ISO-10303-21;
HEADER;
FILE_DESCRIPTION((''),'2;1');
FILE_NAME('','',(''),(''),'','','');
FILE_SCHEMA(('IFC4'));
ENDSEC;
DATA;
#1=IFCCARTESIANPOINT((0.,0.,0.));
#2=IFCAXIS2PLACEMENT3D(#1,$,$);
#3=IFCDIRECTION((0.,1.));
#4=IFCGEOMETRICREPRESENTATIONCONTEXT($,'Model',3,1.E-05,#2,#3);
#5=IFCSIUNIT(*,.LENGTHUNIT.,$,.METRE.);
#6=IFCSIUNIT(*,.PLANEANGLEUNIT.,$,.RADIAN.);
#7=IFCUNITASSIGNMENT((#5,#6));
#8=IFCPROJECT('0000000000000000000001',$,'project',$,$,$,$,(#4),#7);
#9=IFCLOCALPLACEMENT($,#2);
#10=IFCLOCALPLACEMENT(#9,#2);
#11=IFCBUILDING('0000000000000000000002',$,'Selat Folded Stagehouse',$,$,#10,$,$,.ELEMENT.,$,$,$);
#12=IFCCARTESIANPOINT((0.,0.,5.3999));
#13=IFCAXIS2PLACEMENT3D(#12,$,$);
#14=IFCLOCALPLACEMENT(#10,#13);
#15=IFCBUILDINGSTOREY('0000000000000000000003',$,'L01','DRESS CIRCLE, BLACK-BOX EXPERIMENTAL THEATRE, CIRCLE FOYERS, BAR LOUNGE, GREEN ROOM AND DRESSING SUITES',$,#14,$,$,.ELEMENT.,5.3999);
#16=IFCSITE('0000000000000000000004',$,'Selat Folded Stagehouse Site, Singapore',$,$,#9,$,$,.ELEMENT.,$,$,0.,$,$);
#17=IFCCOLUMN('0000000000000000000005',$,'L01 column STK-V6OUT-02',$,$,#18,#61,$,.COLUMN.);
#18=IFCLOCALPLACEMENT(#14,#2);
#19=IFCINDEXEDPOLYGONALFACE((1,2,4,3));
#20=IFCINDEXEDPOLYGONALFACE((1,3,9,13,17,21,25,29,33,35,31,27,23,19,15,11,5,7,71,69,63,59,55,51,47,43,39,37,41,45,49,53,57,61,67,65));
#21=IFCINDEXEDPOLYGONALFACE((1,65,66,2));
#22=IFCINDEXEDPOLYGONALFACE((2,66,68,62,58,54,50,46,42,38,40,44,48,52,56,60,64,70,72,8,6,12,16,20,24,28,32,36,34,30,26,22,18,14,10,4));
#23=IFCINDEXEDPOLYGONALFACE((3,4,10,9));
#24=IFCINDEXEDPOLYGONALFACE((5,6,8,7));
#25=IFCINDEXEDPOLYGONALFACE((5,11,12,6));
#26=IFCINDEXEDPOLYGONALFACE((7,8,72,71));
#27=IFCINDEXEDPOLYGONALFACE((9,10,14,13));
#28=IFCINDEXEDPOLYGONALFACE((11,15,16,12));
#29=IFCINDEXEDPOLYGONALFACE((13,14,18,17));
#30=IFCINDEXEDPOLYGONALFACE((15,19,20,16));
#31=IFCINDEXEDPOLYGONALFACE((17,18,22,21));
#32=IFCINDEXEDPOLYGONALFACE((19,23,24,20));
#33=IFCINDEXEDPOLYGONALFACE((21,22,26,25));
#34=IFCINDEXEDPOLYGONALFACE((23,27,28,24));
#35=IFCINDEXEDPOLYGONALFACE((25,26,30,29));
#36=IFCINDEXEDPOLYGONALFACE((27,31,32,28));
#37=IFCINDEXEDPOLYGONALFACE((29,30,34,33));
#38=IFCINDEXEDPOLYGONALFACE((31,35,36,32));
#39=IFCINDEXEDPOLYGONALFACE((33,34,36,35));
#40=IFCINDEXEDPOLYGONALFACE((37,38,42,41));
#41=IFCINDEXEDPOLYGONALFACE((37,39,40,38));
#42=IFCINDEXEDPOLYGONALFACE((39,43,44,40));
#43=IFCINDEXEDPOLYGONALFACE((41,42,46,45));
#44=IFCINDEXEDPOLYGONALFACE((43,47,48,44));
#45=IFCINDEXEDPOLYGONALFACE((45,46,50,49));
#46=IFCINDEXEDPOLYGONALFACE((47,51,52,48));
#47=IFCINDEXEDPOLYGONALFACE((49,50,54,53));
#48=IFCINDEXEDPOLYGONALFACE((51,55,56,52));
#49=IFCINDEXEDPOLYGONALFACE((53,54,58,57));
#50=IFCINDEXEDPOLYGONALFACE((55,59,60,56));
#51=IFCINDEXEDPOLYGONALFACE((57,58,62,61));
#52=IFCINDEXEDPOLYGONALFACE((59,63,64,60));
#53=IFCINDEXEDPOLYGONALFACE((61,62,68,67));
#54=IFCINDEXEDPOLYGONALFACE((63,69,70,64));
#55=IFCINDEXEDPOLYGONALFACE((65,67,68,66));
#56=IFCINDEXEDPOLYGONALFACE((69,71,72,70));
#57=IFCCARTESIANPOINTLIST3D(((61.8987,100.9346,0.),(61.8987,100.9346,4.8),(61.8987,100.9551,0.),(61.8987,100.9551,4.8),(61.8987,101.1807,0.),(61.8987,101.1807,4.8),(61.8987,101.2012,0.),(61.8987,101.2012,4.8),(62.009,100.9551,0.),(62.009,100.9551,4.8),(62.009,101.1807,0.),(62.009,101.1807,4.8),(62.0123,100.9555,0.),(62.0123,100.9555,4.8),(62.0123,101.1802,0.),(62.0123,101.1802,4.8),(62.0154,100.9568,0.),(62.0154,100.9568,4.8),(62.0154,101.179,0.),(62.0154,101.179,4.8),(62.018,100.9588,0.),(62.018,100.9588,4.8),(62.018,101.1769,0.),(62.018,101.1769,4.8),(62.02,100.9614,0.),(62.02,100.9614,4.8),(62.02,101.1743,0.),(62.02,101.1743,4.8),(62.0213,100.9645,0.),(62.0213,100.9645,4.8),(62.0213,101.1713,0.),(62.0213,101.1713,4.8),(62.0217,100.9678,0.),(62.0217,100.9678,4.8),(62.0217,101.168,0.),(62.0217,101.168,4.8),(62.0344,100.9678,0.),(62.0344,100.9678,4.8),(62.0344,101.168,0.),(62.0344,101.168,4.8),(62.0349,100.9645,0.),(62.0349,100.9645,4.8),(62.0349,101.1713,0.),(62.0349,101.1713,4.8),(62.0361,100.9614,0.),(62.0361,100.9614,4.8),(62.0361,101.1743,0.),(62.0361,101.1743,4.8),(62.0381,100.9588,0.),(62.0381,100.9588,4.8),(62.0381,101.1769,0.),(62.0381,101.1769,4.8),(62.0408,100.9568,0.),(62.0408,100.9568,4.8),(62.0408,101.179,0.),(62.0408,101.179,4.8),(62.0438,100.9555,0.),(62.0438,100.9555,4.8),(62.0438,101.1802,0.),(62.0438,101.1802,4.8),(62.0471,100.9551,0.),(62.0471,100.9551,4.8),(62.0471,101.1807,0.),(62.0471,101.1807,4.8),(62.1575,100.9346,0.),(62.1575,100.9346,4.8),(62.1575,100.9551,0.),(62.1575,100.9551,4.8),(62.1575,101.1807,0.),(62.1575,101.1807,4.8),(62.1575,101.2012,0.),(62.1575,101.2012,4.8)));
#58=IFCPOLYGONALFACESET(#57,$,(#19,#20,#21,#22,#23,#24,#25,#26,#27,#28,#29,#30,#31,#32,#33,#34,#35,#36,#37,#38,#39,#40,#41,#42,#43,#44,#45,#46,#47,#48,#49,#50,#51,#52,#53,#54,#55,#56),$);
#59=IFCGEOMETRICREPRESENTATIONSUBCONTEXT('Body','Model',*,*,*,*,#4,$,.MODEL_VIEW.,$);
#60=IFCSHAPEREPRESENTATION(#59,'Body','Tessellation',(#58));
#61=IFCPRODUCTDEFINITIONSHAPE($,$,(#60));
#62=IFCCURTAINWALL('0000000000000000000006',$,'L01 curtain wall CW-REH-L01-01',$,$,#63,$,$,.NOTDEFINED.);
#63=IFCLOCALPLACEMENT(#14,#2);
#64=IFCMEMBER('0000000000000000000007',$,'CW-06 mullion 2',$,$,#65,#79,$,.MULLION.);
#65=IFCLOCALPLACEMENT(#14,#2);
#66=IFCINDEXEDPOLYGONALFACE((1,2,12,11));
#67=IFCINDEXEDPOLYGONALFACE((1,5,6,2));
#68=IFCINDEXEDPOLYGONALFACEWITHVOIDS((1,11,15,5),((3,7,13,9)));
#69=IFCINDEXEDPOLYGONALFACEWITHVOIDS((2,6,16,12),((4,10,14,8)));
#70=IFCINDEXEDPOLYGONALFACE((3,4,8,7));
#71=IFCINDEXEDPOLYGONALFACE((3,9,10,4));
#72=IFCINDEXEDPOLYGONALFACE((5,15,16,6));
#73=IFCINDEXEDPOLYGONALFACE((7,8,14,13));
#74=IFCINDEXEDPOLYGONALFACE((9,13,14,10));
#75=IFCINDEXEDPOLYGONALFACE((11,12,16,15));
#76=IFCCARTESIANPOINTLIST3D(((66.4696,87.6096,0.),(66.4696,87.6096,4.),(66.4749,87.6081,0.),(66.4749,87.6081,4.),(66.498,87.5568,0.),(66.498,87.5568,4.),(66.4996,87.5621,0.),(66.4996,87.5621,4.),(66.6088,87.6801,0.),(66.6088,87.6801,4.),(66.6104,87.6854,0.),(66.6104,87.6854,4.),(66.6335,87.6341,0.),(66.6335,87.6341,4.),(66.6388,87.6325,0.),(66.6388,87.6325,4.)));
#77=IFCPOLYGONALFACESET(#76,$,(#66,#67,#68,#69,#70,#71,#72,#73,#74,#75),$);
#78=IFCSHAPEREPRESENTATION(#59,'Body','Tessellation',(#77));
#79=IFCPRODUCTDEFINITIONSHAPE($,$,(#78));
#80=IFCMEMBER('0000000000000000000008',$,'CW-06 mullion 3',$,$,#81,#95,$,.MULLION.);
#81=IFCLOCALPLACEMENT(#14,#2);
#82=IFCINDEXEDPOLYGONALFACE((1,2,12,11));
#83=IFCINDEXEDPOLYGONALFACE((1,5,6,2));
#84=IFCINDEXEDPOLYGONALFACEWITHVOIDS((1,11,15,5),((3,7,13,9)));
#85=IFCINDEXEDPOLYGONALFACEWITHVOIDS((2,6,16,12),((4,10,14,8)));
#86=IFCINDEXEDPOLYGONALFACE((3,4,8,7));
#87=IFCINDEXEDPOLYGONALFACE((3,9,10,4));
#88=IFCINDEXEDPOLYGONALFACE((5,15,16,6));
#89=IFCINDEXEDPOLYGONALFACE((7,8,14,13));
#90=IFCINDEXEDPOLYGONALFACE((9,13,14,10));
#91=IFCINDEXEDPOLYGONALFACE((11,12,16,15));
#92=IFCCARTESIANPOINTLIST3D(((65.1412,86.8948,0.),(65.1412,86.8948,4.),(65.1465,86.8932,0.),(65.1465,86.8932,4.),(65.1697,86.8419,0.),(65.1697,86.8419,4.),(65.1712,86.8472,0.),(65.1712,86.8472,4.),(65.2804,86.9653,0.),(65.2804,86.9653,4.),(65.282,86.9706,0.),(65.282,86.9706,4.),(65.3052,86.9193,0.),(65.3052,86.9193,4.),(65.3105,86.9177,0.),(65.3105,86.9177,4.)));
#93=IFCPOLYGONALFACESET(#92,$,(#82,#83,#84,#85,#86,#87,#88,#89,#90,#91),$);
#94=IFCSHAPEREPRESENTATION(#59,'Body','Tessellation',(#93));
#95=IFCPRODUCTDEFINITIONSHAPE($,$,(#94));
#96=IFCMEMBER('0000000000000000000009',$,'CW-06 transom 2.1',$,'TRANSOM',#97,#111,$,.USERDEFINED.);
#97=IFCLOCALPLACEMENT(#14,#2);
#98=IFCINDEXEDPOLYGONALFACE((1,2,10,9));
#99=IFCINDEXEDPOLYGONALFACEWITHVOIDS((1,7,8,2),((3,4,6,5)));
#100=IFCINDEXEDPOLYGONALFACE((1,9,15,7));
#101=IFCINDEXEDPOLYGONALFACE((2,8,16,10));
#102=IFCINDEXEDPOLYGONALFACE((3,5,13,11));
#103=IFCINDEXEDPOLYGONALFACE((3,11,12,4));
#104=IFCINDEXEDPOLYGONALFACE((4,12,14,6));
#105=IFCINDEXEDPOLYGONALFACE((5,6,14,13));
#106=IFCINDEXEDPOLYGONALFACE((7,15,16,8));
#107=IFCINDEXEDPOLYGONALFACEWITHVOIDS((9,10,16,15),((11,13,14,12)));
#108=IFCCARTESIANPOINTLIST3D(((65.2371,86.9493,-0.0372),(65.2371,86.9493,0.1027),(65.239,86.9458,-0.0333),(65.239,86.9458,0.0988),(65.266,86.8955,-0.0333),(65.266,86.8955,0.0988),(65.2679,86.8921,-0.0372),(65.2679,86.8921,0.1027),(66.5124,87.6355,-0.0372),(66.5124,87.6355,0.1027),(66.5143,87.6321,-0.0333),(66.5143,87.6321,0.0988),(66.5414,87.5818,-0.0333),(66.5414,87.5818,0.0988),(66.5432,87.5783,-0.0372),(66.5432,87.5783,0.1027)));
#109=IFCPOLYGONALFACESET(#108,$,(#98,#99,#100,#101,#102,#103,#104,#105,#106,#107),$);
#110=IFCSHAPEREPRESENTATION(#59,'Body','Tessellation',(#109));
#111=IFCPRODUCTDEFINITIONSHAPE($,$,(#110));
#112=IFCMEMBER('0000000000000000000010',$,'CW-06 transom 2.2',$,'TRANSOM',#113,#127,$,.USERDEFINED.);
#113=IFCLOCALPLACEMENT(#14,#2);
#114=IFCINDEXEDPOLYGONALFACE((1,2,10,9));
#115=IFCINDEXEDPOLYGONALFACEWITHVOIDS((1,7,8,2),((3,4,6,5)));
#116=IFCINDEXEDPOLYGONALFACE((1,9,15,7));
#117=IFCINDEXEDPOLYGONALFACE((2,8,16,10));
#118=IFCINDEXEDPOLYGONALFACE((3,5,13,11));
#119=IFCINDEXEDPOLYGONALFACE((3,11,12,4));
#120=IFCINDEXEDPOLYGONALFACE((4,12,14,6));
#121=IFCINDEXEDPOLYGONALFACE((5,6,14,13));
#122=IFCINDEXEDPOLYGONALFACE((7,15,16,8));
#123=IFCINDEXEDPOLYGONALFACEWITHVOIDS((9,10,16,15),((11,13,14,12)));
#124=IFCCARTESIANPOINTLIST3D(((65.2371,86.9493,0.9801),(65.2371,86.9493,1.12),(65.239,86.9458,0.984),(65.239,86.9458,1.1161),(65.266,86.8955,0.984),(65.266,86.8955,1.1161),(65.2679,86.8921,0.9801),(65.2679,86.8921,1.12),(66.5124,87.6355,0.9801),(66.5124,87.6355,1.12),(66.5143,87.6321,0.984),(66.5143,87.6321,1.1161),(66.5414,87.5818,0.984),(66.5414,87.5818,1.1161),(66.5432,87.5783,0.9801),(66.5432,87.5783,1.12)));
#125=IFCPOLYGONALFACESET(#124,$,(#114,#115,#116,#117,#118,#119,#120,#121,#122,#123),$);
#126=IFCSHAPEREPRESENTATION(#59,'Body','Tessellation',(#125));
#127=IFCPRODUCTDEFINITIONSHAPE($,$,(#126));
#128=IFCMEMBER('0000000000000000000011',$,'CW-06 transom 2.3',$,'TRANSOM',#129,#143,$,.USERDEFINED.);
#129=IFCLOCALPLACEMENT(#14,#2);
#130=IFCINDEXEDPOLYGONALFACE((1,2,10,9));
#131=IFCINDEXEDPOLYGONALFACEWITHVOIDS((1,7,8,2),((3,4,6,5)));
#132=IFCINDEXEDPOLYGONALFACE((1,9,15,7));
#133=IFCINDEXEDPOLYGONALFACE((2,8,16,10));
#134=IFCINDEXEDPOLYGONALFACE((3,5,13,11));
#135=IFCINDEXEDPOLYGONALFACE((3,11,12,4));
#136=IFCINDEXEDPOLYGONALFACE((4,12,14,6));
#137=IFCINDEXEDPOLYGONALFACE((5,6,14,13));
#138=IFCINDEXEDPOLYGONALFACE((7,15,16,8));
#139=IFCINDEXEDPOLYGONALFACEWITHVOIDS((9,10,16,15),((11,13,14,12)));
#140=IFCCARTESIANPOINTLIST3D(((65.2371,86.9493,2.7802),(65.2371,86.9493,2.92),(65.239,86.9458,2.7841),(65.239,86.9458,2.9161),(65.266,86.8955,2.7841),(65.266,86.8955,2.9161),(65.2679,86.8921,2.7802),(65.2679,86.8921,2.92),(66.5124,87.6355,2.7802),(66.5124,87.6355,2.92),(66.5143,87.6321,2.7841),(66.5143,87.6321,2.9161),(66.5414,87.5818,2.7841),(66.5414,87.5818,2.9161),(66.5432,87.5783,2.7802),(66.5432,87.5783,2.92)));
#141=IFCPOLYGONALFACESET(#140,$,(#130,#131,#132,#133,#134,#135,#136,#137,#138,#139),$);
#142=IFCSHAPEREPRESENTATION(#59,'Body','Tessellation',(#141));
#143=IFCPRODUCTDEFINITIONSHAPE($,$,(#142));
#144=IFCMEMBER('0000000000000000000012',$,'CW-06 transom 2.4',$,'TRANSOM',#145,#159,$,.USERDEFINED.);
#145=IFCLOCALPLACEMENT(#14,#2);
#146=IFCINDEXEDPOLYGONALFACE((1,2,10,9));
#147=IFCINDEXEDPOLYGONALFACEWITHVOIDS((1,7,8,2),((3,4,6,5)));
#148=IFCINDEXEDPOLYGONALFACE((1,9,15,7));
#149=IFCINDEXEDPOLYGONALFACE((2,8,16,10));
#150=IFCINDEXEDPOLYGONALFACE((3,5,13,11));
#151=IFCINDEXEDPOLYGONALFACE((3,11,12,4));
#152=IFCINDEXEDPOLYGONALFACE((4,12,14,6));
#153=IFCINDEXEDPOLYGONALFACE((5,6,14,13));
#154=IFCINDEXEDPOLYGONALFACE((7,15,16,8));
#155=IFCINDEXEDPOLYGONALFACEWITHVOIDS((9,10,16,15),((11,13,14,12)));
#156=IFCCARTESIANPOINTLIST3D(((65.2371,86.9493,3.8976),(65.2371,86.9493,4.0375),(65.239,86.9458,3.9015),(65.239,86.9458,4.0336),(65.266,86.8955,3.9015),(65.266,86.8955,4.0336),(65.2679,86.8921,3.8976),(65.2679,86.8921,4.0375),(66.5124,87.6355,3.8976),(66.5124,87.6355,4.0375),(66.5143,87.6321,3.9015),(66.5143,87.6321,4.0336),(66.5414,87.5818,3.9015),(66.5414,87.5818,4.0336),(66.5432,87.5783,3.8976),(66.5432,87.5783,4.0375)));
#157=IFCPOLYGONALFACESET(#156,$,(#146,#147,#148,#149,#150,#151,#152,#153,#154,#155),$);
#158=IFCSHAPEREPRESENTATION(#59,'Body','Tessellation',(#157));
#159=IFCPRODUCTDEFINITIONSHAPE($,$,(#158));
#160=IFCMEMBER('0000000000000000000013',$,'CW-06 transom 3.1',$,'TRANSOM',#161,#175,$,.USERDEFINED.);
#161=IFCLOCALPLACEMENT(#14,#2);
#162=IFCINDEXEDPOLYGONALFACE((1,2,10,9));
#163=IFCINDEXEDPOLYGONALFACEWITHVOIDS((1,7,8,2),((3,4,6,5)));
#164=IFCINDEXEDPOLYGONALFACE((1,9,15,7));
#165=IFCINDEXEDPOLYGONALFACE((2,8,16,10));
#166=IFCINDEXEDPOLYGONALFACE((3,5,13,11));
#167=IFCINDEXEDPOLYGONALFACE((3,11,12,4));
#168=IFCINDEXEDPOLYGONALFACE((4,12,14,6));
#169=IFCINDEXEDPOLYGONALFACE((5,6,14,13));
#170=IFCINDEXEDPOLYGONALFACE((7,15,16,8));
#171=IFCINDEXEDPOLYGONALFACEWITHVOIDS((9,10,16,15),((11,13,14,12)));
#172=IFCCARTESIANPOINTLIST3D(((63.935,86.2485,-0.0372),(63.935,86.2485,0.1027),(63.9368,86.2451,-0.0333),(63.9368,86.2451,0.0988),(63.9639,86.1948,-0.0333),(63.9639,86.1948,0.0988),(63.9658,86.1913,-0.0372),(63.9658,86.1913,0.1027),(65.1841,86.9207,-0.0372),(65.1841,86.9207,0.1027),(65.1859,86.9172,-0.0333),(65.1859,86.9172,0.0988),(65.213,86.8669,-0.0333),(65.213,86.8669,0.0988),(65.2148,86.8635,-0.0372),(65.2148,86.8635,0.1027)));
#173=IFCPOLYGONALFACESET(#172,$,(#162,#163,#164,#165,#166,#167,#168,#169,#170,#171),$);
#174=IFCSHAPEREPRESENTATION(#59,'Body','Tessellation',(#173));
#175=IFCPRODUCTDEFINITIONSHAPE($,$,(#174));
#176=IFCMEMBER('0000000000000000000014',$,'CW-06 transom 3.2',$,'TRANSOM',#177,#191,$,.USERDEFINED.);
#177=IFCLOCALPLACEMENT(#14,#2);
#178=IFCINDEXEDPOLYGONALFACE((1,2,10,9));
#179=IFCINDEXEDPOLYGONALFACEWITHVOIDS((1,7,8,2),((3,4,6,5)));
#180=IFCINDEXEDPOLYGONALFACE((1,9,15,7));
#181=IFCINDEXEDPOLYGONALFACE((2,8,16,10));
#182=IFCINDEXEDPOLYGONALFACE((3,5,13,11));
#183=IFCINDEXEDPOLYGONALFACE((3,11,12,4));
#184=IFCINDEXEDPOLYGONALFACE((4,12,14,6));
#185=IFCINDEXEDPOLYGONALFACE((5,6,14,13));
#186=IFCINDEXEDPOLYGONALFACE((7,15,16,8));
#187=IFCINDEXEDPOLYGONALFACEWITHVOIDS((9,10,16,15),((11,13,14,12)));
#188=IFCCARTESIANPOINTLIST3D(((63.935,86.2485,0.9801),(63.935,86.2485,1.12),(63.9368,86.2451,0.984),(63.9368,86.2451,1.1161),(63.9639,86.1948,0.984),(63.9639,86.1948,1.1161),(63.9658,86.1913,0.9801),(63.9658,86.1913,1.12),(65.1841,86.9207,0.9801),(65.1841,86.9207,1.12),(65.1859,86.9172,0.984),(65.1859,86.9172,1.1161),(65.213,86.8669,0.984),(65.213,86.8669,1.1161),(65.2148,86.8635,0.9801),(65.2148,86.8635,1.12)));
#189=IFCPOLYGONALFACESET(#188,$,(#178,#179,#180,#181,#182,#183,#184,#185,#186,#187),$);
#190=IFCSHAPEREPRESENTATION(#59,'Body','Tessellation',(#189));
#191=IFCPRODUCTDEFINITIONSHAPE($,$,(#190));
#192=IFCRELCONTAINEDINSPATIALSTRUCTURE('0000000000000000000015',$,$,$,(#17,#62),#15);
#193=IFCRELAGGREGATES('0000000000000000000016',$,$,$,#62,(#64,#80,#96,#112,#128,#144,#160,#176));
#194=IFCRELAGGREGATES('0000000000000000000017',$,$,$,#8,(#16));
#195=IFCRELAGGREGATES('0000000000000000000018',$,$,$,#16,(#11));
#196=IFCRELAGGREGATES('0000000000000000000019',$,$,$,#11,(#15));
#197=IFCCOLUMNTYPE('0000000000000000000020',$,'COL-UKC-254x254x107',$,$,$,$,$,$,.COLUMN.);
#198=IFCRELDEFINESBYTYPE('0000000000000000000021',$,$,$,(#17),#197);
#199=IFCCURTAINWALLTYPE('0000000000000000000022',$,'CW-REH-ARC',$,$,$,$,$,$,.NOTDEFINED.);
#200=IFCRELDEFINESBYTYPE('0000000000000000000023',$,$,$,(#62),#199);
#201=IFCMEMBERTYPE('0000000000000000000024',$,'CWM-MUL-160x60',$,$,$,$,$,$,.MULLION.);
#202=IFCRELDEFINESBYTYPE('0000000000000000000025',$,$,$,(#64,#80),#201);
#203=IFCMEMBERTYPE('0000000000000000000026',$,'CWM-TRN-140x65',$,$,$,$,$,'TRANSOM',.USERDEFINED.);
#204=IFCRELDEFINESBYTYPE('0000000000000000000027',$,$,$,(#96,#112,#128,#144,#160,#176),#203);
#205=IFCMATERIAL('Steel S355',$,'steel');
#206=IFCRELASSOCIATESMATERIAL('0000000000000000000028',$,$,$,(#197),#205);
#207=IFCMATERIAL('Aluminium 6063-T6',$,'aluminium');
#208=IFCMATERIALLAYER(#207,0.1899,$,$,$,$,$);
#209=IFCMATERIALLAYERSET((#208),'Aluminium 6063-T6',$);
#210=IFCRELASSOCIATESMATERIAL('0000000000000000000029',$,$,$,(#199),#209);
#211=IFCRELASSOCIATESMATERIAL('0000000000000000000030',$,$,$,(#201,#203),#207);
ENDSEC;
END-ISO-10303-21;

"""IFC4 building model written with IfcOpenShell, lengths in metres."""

from ifc_helpers import new_model, si_unit, direction, frame, origin, origin_2d, place, context, subcontext, project, spatial, hollow_rectangle, i_section, extrude, material, layer, layer_set, material_profile, profile_set, type_object, element, aggregate, save


model = new_model("IFC4")

# Units and contexts
model_context = context("Model", 3, precision=1e-05, world=origin(), true_north=direction((0.0, 1.0)))
body_context = subcontext(model_context, "Body", "Model", "MODEL_VIEW")
ifc_project = project(units=[si_unit("LENGTHUNIT", "METRE"), si_unit("PLANEANGLEUNIT", "RADIAN")], contexts=[model_context])

# Site, building, storey
site_placement = place(None, origin())
site = spatial("IfcSite", under=ifc_project, at=site_placement, Name="Selat Folded Stagehouse Site, Singapore", CompositionType="ELEMENT", RefElevation=0.0)
building_placement = place(site_placement, origin())
building = spatial("IfcBuilding", under=site, at=building_placement, Name="Selat Folded Stagehouse", CompositionType="ELEMENT")
storey_placement = place(building_placement, frame((0.0, 0.0, 5.3999)))
storey = spatial("IfcBuildingStorey", under=building, at=storey_placement, Name="L01", Description="DRESS CIRCLE, BLACK-BOX EXPERIMENTAL THEATRE, CIRCLE FOYERS, BAR LOUNGE, GREEN ROOM AND DRESSING SUITES", CompositionType="ELEMENT", Elevation=5.3999)

# Column
ifc_material_1 = material(Name="Steel S355", Category="steel")
ifc_material_profile_1 = material_profile(ifc_material_1, i_section(OverallWidth=0.2588, OverallDepth=0.2666, WebThickness=0.0127, FlangeThickness=0.0205, FilletRadius=0.0127, at=origin_2d()), Name="UKC 254x254x107")
ifc_profile_set_1 = profile_set([ifc_material_profile_1], Name="Steel S355")
column_type = type_object("IfcColumnType", Name="COL-UKC-254x254x107", PredefinedType="COLUMN", material=ifc_profile_set_1)
column_placement = place(storey_placement, frame((62.0281, 101.0679, 0.0), z_axis=(0.0, 0.0, 1.0), x_axis=(1.0, 0.0, 0.0)))
element("IfcColumn", 1, at=column_placement, inside=storey, type_object=column_type, Name="L01 column STK-V6OUT-02", PredefinedType="COLUMN", context=body_context, shape_type="SweptSolid", body=[
    extrude(i_section(OverallWidth=0.2588, OverallDepth=0.2666, WebThickness=0.0127, FlangeThickness=0.0205, FilletRadius=0.0127, at=origin_2d()), origin(), (0.0, 0.0, 1.0), 4.8),
])

# Curtain wall, members
ifc_material_2 = material(Name="Aluminium 6063-T6", Category="aluminium")
ifc_layer_1 = layer(ifc_material_2, 0.1899)
ifc_layer_set_1 = layer_set([ifc_layer_1], Name="Aluminium 6063-T6")
curtain_wall_type = type_object("IfcCurtainWallType", Name="CW-REH-ARC", PredefinedType="NOTDEFINED", material=ifc_layer_set_1)
curtain_wall_placement = place(storey_placement, origin())
curtain_wall = element("IfcCurtainWall", 2, at=curtain_wall_placement, inside=storey, type_object=curtain_wall_type, Name="L01 curtain wall CW-REH-L01-01", PredefinedType="NOTDEFINED")
ifc_material_profile_2 = material_profile(ifc_material_2, hollow_rectangle(XDim=0.0601, YDim=0.1599, WallThickness=0.0039, at=origin_2d()), Name="ALU 160x60x4.0")
ifc_profile_set_2 = profile_set([ifc_material_profile_2], Name="Aluminium 6063-T6")
member_type_1 = type_object("IfcMemberType", Name="CWM-MUL-160x60", PredefinedType="MULLION", material=ifc_profile_set_2)
member_1_placement = place(storey_placement, frame((66.5542, 87.6211, 0.0), z_axis=(0.0, 0.0, 1.0), x_axis=(0.473859, -0.880601, 0.0)))
member_1 = element("IfcMember", 3, at=member_1_placement, type_object=member_type_1, Name="CW-06 mullion 2", PredefinedType="MULLION", context=body_context, shape_type="SweptSolid", body=[
    extrude(hollow_rectangle(XDim=0.0601, YDim=0.1599, WallThickness=0.0039, at=origin_2d()), origin(), (0.0, 0.0, 1.0), 4.0),
])
member_2_placement = place(storey_placement, frame((65.2258, 86.9062, 0.0), z_axis=(0.0, 0.0, 1.0), x_axis=(0.473859, -0.880601, 0.0)))
member_2 = element("IfcMember", 4, at=member_2_placement, type_object=member_type_1, Name="CW-06 mullion 3", PredefinedType="MULLION", context=body_context, shape_type="SweptSolid", body=[
    extrude(hollow_rectangle(XDim=0.0601, YDim=0.1599, WallThickness=0.0039, at=origin_2d()), origin(), (0.0, 0.0, 1.0), 4.0),
])
ifc_material_profile_3 = material_profile(ifc_material_2, hollow_rectangle(XDim=0.0649, YDim=0.1399, WallThickness=0.0039, at=origin_2d()), Name="ALU 140x65x4.0")
ifc_profile_set_3 = profile_set([ifc_material_profile_3], Name="Aluminium 6063-T6")
member_type_2 = type_object("IfcMemberType", Name="CWM-TRN-140x65", ElementType="TRANSOM", PredefinedType="USERDEFINED", material=ifc_profile_set_3)
member_3_placement = place(storey_placement, frame((66.5278, 87.6069, 0.0327), z_axis=(-0.880606, -0.473848, 0.0), x_axis=(0.473848, -0.880606, 0.0)))
member_3 = element("IfcMember", 5, at=member_3_placement, type_object=member_type_2, Name="CW-06 transom 2.1", ObjectType="TRANSOM", PredefinedType="USERDEFINED", context=body_context, shape_type="SweptSolid", body=[
    extrude(hollow_rectangle(XDim=0.0649, YDim=0.1399, WallThickness=0.0039, at=origin_2d()), origin(), (0.0, 0.0, 1.0), 1.4482),
])
member_4_placement = place(storey_placement, frame((66.5278, 87.6069, 1.05), z_axis=(-0.880606, -0.473848, 0.0), x_axis=(0.473848, -0.880606, 0.0)))
member_4 = element("IfcMember", 6, at=member_4_placement, type_object=member_type_2, Name="CW-06 transom 2.2", ObjectType="TRANSOM", PredefinedType="USERDEFINED", context=body_context, shape_type="SweptSolid", body=[
    extrude(hollow_rectangle(XDim=0.0649, YDim=0.1399, WallThickness=0.0039, at=origin_2d()), origin(), (0.0, 0.0, 1.0), 1.4482),
])
member_5_placement = place(storey_placement, frame((66.5278, 87.6069, 2.8501), z_axis=(-0.880606, -0.473848, 0.0), x_axis=(0.473848, -0.880606, 0.0)))
member_5 = element("IfcMember", 7, at=member_5_placement, type_object=member_type_2, Name="CW-06 transom 2.3", ObjectType="TRANSOM", PredefinedType="USERDEFINED", context=body_context, shape_type="SweptSolid", body=[
    extrude(hollow_rectangle(XDim=0.0649, YDim=0.1399, WallThickness=0.0039, at=origin_2d()), origin(), (0.0, 0.0, 1.0), 1.4482),
])
member_6_placement = place(storey_placement, frame((66.5278, 87.6069, 3.9675), z_axis=(-0.880606, -0.473848, 0.0), x_axis=(0.473848, -0.880606, 0.0)))
member_6 = element("IfcMember", 8, at=member_6_placement, type_object=member_type_2, Name="CW-06 transom 2.4", ObjectType="TRANSOM", PredefinedType="USERDEFINED", context=body_context, shape_type="SweptSolid", body=[
    extrude(hollow_rectangle(XDim=0.0649, YDim=0.1399, WallThickness=0.0039, at=origin_2d()), origin(), (0.0, 0.0, 1.0), 1.4482),
])
member_7_placement = place(storey_placement, frame((65.1995, 86.8921, 0.0327), z_axis=(-0.880598, -0.473864, 0.0), x_axis=(0.473864, -0.880598, 0.0)))
member_7 = element("IfcMember", 9, at=member_7_placement, type_object=member_type_2, Name="CW-06 transom 3.1", ObjectType="TRANSOM", PredefinedType="USERDEFINED", context=body_context, shape_type="SweptSolid", body=[
    extrude(hollow_rectangle(XDim=0.0649, YDim=0.1399, WallThickness=0.0039, at=origin_2d()), origin(), (0.0, 0.0, 1.0), 1.4185),
])
member_8_placement = place(storey_placement, frame((65.1995, 86.8921, 1.05), z_axis=(-0.880598, -0.473864, 0.0), x_axis=(0.473864, -0.880598, 0.0)))
member_8 = element("IfcMember", 10, at=member_8_placement, type_object=member_type_2, Name="CW-06 transom 3.2", ObjectType="TRANSOM", PredefinedType="USERDEFINED", context=body_context, shape_type="SweptSolid", body=[
    extrude(hollow_rectangle(XDim=0.0649, YDim=0.1399, WallThickness=0.0039, at=origin_2d()), origin(), (0.0, 0.0, 1.0), 1.4185),
])

aggregate(curtain_wall, [member_1, member_2, member_3, member_4, member_5, member_6, member_7, member_8])

save(model, "model.ifc")
